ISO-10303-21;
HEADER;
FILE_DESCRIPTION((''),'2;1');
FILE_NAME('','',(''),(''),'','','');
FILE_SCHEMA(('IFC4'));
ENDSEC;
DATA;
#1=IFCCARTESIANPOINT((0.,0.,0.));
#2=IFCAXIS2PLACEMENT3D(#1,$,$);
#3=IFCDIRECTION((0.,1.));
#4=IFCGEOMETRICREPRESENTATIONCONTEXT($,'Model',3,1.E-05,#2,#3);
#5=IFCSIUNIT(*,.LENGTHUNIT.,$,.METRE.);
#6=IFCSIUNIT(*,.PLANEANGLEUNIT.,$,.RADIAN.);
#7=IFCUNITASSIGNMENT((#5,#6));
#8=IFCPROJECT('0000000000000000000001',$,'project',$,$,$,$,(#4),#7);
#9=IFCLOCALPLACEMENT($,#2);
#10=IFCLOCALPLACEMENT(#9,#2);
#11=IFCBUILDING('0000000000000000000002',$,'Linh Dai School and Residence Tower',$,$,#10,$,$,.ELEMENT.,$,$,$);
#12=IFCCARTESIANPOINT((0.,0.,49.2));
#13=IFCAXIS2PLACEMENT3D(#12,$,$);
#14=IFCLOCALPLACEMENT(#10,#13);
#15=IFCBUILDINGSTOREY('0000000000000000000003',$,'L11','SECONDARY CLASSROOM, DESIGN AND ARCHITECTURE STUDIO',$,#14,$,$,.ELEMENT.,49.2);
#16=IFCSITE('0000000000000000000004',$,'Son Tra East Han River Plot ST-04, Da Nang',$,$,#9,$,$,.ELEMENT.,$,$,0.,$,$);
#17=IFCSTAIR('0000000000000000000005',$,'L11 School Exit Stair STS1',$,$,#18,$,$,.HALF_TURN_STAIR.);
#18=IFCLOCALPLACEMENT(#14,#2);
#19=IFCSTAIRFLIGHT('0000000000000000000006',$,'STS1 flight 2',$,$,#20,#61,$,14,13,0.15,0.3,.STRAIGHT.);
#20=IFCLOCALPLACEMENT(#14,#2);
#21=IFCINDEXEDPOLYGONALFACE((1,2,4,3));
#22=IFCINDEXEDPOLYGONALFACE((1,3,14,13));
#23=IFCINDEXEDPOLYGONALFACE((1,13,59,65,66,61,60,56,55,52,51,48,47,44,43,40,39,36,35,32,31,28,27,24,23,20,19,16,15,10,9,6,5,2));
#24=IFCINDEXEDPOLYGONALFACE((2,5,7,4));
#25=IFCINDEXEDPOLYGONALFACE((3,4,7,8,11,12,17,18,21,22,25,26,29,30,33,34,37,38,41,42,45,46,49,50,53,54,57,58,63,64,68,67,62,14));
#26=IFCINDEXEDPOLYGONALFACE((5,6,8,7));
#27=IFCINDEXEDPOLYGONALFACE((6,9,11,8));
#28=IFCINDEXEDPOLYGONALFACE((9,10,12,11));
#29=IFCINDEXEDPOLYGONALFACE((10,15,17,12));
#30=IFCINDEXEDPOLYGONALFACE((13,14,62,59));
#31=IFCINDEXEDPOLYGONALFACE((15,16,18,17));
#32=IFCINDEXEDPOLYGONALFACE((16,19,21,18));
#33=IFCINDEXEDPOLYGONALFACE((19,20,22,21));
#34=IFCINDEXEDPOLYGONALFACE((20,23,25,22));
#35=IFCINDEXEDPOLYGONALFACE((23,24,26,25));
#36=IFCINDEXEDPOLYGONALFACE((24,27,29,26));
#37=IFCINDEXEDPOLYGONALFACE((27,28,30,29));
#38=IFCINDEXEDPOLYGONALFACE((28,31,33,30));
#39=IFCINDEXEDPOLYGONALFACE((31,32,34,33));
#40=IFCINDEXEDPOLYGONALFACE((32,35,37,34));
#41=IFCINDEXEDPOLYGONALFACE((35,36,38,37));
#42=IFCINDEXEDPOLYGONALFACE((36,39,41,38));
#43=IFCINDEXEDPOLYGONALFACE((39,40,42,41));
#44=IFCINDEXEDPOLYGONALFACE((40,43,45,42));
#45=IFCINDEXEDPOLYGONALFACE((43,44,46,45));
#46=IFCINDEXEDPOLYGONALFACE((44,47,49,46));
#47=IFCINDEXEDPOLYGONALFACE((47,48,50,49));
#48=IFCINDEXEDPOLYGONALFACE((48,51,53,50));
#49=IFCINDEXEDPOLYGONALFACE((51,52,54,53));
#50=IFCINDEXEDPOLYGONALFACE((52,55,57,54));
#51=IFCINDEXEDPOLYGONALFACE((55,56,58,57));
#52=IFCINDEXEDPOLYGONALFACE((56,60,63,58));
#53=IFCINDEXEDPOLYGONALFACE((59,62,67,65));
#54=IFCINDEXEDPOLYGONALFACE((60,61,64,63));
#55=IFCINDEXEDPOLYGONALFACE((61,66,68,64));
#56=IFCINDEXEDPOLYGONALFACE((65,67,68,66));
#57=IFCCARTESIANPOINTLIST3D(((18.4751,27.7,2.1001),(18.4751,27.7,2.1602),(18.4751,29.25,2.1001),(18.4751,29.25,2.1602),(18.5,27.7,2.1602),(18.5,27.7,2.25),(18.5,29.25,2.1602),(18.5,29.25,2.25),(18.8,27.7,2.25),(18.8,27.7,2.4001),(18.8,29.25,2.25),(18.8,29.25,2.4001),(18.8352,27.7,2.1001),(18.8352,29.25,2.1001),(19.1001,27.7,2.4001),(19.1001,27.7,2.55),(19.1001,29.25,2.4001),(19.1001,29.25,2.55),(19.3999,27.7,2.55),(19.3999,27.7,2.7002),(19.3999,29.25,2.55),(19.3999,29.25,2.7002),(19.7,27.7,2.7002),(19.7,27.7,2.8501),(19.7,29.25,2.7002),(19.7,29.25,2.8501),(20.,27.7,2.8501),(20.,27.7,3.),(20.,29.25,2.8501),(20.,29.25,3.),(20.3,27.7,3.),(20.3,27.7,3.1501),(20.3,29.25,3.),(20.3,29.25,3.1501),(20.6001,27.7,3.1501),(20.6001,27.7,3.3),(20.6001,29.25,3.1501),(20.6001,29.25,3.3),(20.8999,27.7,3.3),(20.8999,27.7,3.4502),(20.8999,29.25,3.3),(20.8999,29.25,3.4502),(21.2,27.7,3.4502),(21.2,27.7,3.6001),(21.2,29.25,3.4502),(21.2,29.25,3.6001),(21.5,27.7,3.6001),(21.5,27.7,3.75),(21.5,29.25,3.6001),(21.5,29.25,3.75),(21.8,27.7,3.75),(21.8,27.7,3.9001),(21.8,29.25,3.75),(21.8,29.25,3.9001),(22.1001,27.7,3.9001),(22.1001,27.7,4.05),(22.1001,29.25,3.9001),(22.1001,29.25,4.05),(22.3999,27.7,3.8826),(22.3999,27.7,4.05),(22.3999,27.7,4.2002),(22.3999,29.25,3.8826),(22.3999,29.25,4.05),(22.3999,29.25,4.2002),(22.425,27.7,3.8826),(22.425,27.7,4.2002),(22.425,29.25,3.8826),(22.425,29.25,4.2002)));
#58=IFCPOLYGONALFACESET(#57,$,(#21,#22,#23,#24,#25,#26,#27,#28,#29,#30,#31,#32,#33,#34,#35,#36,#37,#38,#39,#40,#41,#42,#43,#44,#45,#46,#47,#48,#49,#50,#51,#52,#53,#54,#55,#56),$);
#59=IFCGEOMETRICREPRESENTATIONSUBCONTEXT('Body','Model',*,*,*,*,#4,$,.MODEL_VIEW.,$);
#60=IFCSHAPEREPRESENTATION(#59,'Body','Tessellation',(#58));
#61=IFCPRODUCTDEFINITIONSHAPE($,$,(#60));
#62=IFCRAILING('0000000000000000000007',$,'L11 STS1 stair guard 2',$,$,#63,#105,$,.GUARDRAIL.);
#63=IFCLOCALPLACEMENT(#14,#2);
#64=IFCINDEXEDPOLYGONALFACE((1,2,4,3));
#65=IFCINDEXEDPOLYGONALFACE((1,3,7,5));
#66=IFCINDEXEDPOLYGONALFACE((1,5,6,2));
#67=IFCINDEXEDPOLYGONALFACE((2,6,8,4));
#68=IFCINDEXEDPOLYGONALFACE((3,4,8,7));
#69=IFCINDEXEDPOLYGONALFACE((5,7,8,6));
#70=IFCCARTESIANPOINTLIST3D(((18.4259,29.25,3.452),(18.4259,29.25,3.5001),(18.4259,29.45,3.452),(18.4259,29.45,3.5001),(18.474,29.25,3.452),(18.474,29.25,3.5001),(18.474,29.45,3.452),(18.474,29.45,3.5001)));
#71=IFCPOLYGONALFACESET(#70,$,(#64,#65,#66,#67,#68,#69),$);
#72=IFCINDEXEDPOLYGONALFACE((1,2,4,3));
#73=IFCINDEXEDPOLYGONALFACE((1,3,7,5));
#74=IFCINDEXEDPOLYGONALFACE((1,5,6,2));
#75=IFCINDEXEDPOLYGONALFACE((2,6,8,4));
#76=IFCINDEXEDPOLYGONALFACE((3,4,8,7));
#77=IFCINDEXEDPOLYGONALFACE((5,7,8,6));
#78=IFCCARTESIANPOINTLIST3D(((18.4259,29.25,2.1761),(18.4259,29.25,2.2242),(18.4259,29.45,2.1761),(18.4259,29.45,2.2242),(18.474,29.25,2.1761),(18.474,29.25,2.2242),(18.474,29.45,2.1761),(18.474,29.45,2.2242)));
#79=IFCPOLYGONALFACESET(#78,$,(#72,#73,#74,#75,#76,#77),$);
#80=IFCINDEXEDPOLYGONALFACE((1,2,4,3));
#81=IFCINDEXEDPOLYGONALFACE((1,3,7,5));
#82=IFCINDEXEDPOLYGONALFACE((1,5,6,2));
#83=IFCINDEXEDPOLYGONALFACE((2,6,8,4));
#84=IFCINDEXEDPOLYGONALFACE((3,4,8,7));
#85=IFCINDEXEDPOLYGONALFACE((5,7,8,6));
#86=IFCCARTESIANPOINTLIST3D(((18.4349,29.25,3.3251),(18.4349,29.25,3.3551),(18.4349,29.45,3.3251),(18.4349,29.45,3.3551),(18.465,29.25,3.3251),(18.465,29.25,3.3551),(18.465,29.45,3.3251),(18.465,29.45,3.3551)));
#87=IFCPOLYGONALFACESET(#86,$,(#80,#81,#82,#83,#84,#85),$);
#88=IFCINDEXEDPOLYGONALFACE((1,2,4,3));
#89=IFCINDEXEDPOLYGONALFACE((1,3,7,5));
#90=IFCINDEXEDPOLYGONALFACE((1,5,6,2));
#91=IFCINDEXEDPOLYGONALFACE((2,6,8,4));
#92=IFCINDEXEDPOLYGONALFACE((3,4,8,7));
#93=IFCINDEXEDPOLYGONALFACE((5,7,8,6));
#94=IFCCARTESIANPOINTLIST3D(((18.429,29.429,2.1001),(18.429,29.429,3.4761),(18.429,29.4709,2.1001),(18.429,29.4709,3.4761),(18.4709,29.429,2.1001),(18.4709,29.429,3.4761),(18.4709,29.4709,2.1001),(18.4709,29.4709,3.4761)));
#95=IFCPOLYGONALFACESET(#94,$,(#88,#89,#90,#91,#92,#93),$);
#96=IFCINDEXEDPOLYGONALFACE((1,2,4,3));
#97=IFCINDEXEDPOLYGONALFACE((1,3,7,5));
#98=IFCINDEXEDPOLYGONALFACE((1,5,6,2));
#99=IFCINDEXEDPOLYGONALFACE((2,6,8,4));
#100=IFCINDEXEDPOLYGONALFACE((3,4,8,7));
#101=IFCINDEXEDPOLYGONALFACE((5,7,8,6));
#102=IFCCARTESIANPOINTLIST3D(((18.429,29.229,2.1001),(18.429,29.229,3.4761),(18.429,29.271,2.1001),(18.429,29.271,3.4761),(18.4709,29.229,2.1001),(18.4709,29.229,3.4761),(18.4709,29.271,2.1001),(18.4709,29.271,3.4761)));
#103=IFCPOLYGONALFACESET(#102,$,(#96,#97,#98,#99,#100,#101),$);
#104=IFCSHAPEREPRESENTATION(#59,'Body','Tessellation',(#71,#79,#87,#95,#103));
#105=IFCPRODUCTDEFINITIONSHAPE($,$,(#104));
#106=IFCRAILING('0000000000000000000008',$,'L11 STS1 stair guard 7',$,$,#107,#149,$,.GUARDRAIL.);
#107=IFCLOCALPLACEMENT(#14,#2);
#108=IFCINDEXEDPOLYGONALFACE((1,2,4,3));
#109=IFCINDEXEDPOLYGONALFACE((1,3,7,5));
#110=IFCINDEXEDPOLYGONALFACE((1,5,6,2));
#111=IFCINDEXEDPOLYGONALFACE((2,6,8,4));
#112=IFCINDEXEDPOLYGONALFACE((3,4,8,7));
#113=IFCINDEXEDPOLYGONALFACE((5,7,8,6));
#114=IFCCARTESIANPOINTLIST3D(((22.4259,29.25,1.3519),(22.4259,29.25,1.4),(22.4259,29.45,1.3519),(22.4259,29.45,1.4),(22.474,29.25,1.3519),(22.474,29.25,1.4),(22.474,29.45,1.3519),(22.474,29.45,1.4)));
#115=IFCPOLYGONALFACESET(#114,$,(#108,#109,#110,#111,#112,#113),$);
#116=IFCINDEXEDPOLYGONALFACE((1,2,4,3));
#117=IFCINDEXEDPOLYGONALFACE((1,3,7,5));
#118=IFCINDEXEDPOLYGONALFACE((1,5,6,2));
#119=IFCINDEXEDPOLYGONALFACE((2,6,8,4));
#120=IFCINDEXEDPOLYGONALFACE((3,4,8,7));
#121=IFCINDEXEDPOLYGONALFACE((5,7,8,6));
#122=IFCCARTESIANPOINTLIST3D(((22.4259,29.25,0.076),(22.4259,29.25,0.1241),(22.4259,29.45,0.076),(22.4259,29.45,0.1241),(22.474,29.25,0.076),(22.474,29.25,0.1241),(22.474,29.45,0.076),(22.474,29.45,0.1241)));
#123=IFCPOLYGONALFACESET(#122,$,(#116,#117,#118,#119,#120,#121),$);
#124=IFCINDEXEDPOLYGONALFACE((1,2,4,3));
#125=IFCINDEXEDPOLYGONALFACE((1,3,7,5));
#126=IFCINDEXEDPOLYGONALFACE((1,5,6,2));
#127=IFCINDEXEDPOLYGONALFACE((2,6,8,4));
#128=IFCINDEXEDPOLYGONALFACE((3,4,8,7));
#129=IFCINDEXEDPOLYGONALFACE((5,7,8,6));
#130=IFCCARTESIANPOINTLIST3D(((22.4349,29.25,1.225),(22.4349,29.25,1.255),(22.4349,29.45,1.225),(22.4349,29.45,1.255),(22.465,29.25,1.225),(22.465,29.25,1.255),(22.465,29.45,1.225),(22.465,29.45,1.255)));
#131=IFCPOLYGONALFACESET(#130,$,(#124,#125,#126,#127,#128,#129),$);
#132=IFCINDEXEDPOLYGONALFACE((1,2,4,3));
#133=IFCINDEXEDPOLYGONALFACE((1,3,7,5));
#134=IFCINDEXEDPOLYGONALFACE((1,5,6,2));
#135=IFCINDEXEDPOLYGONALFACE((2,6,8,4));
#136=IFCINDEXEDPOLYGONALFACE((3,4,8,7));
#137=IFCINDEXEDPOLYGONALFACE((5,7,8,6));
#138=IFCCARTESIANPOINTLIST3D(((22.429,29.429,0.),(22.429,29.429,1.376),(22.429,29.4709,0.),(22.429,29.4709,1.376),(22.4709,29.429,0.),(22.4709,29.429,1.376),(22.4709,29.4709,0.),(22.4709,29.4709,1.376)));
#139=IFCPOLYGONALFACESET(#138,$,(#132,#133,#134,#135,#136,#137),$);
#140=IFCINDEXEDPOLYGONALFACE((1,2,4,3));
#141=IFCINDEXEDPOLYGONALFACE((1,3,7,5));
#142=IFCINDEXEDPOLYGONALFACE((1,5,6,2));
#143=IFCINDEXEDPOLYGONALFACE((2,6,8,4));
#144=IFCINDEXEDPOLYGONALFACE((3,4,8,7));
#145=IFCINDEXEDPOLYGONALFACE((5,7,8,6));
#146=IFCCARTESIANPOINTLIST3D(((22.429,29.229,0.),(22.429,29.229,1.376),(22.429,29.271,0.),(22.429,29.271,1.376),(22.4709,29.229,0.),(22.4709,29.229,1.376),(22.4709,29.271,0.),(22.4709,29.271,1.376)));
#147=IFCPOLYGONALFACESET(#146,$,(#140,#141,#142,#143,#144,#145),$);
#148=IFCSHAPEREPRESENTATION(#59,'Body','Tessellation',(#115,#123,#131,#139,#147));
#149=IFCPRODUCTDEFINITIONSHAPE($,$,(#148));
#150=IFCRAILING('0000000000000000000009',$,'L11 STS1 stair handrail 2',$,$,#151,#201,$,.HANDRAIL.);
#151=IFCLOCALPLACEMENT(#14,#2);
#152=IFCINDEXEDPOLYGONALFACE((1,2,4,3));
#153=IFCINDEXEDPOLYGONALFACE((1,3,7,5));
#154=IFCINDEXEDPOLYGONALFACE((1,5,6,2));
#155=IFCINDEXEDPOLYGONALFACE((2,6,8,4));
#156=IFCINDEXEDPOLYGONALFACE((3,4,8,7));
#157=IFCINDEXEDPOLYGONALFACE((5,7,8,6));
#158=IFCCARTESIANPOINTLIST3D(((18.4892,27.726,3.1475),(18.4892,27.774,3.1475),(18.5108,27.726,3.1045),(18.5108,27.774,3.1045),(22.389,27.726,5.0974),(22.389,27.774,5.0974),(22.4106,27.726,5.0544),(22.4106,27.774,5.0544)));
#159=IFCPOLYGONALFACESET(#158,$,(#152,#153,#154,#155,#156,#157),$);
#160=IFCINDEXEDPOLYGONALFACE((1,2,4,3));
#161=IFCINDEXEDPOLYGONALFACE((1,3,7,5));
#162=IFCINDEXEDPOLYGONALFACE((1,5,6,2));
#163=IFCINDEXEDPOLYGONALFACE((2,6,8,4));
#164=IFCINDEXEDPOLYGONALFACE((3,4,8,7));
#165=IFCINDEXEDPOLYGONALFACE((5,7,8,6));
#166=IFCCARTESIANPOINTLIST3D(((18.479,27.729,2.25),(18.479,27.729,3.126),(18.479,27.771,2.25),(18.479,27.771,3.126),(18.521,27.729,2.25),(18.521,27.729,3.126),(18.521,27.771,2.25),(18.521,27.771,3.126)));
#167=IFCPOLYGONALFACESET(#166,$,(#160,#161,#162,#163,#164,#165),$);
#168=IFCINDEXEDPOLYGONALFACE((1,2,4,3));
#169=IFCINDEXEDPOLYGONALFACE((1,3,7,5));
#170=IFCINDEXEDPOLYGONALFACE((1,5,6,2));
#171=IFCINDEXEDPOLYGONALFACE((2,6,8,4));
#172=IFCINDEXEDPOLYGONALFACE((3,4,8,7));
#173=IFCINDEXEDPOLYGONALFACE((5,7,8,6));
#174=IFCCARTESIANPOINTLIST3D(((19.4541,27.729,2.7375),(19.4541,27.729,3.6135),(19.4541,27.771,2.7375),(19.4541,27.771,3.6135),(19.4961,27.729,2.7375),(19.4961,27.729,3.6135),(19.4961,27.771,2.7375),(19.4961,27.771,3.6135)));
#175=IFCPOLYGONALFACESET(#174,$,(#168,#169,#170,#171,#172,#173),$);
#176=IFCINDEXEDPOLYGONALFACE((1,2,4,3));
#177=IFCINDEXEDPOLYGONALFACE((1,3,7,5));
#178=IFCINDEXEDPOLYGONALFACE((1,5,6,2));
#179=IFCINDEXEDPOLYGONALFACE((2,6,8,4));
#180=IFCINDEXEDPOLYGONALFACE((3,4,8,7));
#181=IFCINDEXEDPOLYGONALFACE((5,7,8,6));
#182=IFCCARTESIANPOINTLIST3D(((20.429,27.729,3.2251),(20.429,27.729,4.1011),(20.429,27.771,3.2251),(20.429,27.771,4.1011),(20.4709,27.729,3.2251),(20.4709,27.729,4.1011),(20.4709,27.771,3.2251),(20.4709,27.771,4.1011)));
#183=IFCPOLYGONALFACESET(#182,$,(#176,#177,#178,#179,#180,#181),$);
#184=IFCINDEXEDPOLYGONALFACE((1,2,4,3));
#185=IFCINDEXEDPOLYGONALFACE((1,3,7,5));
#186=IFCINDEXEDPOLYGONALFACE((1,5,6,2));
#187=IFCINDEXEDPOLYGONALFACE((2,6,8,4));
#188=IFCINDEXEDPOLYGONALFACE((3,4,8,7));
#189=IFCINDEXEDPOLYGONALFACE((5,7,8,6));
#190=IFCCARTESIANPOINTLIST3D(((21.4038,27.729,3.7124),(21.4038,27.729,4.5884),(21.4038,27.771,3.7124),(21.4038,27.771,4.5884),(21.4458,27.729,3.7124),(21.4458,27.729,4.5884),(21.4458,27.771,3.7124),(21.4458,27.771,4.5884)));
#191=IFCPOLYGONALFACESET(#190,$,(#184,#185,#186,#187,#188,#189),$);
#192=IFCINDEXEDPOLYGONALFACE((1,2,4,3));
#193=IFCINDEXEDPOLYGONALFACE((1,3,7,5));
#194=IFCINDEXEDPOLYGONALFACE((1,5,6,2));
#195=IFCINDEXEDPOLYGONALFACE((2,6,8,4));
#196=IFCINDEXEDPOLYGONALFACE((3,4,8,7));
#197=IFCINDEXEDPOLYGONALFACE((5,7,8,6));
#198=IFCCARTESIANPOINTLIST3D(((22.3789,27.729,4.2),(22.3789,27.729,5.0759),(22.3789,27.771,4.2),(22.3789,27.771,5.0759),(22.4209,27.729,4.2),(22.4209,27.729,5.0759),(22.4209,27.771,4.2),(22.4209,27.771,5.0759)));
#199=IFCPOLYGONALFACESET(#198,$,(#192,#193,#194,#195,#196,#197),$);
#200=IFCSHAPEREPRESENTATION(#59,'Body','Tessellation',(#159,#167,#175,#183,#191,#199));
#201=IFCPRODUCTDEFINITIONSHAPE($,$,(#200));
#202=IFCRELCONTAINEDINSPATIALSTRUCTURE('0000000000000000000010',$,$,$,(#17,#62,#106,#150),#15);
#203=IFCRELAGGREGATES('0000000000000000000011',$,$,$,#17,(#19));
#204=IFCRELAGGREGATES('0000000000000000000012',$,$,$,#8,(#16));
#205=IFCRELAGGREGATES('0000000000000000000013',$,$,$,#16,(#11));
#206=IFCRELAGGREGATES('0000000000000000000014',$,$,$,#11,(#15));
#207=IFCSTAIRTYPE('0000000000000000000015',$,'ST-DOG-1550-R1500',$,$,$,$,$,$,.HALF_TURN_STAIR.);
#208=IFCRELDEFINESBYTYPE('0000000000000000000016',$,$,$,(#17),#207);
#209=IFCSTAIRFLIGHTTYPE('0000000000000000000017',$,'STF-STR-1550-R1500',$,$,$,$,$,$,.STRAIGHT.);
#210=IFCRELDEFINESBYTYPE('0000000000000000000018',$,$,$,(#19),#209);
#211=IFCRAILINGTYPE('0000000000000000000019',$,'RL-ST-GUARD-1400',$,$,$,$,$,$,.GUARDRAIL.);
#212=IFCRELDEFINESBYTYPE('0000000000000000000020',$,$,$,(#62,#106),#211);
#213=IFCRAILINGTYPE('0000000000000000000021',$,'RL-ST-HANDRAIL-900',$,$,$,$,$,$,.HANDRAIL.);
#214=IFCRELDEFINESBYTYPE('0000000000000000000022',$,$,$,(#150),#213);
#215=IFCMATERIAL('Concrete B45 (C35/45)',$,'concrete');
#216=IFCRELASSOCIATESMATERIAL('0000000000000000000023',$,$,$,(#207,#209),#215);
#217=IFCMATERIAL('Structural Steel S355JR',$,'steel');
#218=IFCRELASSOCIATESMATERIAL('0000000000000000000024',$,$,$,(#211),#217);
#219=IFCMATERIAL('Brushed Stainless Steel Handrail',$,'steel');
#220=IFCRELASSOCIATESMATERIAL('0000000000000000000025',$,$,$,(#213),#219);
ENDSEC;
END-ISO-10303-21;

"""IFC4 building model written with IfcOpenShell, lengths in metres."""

from ifc_helpers import new_model, si_unit, direction, frame, origin, origin_2d, place, context, subcontext, project, spatial, polyline, rectangle, outline, extrude, source, transform, mapped, material, type_object, element, aggregate, save


model = new_model("IFC4")

# Units and contexts
model_context = context("Model", 3, precision=1e-05, world=origin(), true_north=direction((0.0, 1.0)))
body_context = subcontext(model_context, "Body", "Model", "MODEL_VIEW")
ifc_project = project(units=[si_unit("LENGTHUNIT", "METRE"), si_unit("PLANEANGLEUNIT", "RADIAN")], contexts=[model_context])

# Site, building, storey
site_placement = place(None, origin())
site = spatial("IfcSite", under=ifc_project, at=site_placement, Name="Son Tra East Han River Plot ST-04, Da Nang", CompositionType="ELEMENT", RefElevation=0.0)
building_placement = place(site_placement, origin())
building = spatial("IfcBuilding", under=site, at=building_placement, Name="Linh Dai School and Residence Tower", CompositionType="ELEMENT")
storey_placement = place(building_placement, frame((0.0, 0.0, 49.2)))
storey = spatial("IfcBuildingStorey", under=building, at=storey_placement, Name="L11", Description="SECONDARY CLASSROOM, DESIGN AND ARCHITECTURE STUDIO", CompositionType="ELEMENT", Elevation=49.2)

# Shared definitions
ifc_material_1 = material(Name="Structural Steel S355JR", Category="steel")

# Shared definitions
ifc_material_2 = material(Name="Concrete B45 (C35/45)", Category="concrete")

# Stair, stair flight
stair_type = type_object("IfcStairType", Name="ST-DOG-1550-R1500", PredefinedType="HALF_TURN_STAIR", material=ifc_material_2)
stair_placement = place(storey_placement, origin())
stair = element("IfcStair", 1, at=stair_placement, inside=storey, type_object=stair_type, Name="L11 School Exit Stair STS1", PredefinedType="HALF_TURN_STAIR")
stair_flight_type = type_object("IfcStairFlightType", Name="STF-STR-1550-R1500", PredefinedType="STRAIGHT", material=ifc_material_2)
shared_shape_1 = source(origin(), body_context, "Body", "SweptSolid", [
    extrude(outline(polyline([(-0.0249, 0.0), (-0.0249, 0.0601), (0.0, 0.0601), (0.0, 0.1499), (0.3, 0.1499), (0.3, 0.3), (0.6001, 0.3), (0.6001, 0.45), (0.8999, 0.45), (0.8999, 0.6001), (1.2, 0.6001), (1.2, 0.75), (1.5, 0.75), (1.5, 0.8999), (1.8, 0.8999), (1.8, 1.05), (2.1001, 1.05), (2.1001, 1.2), (2.3999, 1.2), (2.3999, 1.3501), (2.7, 1.3501), (2.7, 1.5), (3.0, 1.5), (3.0, 1.6499), (3.3, 1.6499), (3.3, 1.8), (3.6001, 1.8), (3.6001, 1.95), (3.8999, 1.95), (3.8999, 2.1001), (3.925, 2.1001), (3.925, 1.7825), (3.8999, 1.7825), (0.3352, 0.0), (-0.0249, 0.0)])), frame((0.0, 0.7749, 0.0), z_axis=(0.0, -1.0, 0.0), x_axis=(1.0, 0.0, 0.0)), (0.0, 0.0, 1.0), 1.55),
])
stair_flight_1_placement = place(storey_placement, frame((18.5, 28.4751, 2.1001), z_axis=(0.0, 0.0, 1.0), x_axis=(1.0, 0.0, 0.0)))
stair_flight_1 = element("IfcStairFlight", 2, at=stair_flight_1_placement, type_object=stair_flight_type, Name="STS1 flight 2", NumberOfRisers=14, NumberOfTreads=13, PredefinedType="STRAIGHT", RiserHeight=0.15, TreadLength=0.3, context=body_context, shape_type="MappedRepresentation", body=[
    mapped(shared_shape_1, transform((0.0, 0.0, 0.0), x_axis=(1.0, 0.0, 0.0), y_axis=(0.0, 1.0, 0.0), z_axis=(0.0, 0.0, 1.0), scale=1.0)),
])
aggregate(stair, [stair_flight_1])

# Railings
railing_type_1 = type_object("IfcRailingType", Name="RL-ST-GUARD-1400", PredefinedType="GUARDRAIL", material=ifc_material_1)
shared_shape_2 = source(origin(), body_context, "Body", "SweptSolid", [
    extrude(rectangle(XDim=0.0481, YDim=0.0481, at=origin_2d()), frame((0.0, 0.0, 1.376), z_axis=(0.0, -1.0, 0.0), x_axis=(1.0, 0.0, 0.0)), (0.0, 0.0, 1.0), 0.2),
    extrude(rectangle(XDim=0.0481, YDim=0.0481, at=origin_2d()), frame((0.0, 0.0, 0.1001), z_axis=(0.0, -1.0, 0.0), x_axis=(1.0, 0.0, 0.0)), (0.0, 0.0, 1.0), 0.2),
    extrude(rectangle(XDim=0.03, YDim=0.03, at=origin_2d()), frame((0.0, 0.0, 1.24), z_axis=(0.0, -1.0, 0.0), x_axis=(1.0, 0.0, 0.0)), (0.0, 0.0, 1.0), 0.2),
    extrude(rectangle(XDim=0.042, YDim=0.042, at=origin_2d()), origin(), (0.0, 0.0, 1.0), 1.376),
    extrude(rectangle(XDim=0.042, YDim=0.042, at=origin_2d()), frame((0.0, -0.2, 0.0)), (0.0, 0.0, 1.0), 1.376),
])
for number, where, name in (
    (3, (18.45, 29.45, 2.1001), "L11 STS1 stair guard 2"),
    (4, (22.45, 29.45, 0.0), "L11 STS1 stair guard 7"),
):
    element("IfcRailing", number, at=place(storey_placement, frame(where)), inside=storey, type_object=railing_type_1, Name=name, PredefinedType="GUARDRAIL", context=body_context, shape_type="MappedRepresentation", body=[
        mapped(shared_shape_2, transform((0.0, 0.0, 0.0), x_axis=(1.0, 0.0, 0.0), y_axis=(0.0, 1.0, 0.0), z_axis=(0.0, 0.0, 1.0), scale=1.0)),
    ])
ifc_material_3 = material(Name="Brushed Stainless Steel Handrail", Category="steel")
railing_type_2 = type_object("IfcRailingType", Name="RL-ST-HANDRAIL-900", PredefinedType="HANDRAIL", material=ifc_material_3)
shared_shape_3 = source(origin(), body_context, "Body", "SweptSolid", [
    extrude(rectangle(XDim=0.0481, YDim=0.0481, at=origin_2d()), frame((0.0, 0.0, 0.876), z_axis=(0.894427, 0.0, 0.447214), x_axis=(0.0, 1.0, 0.0)), (0.0, 0.0, 1.0), 4.3601),
    extrude(rectangle(XDim=0.042, YDim=0.042, at=origin_2d()), origin(), (0.0, 0.0, 1.0), 0.876),
    extrude(rectangle(XDim=0.042, YDim=0.042, at=origin_2d()), frame((0.9751, 0.0, 0.4875)), (0.0, 0.0, 1.0), 0.876),
    extrude(rectangle(XDim=0.042, YDim=0.042, at=origin_2d()), frame((1.95, 0.0, 0.9751)), (0.0, 0.0, 1.0), 0.876),
    extrude(rectangle(XDim=0.042, YDim=0.042, at=origin_2d()), frame((2.9248, 0.0, 1.4624)), (0.0, 0.0, 1.0), 0.876),
    extrude(rectangle(XDim=0.042, YDim=0.042, at=origin_2d()), frame((3.8999, 0.0, 1.95)), (0.0, 0.0, 1.0), 0.876),
])
railing_1_placement = place(storey_placement, frame((18.5, 27.75, 2.25)))
element("IfcRailing", 5, at=railing_1_placement, inside=storey, type_object=railing_type_2, Name="L11 STS1 stair handrail 2", PredefinedType="HANDRAIL", context=body_context, shape_type="MappedRepresentation", body=[
    mapped(shared_shape_3, transform((0.0, 0.0, 0.0), x_axis=(1.0, 0.0, 0.0), y_axis=(0.0, 1.0, 0.0), z_axis=(0.0, 0.0, 1.0), scale=1.0)),
])

save(model, "model.ifc")
